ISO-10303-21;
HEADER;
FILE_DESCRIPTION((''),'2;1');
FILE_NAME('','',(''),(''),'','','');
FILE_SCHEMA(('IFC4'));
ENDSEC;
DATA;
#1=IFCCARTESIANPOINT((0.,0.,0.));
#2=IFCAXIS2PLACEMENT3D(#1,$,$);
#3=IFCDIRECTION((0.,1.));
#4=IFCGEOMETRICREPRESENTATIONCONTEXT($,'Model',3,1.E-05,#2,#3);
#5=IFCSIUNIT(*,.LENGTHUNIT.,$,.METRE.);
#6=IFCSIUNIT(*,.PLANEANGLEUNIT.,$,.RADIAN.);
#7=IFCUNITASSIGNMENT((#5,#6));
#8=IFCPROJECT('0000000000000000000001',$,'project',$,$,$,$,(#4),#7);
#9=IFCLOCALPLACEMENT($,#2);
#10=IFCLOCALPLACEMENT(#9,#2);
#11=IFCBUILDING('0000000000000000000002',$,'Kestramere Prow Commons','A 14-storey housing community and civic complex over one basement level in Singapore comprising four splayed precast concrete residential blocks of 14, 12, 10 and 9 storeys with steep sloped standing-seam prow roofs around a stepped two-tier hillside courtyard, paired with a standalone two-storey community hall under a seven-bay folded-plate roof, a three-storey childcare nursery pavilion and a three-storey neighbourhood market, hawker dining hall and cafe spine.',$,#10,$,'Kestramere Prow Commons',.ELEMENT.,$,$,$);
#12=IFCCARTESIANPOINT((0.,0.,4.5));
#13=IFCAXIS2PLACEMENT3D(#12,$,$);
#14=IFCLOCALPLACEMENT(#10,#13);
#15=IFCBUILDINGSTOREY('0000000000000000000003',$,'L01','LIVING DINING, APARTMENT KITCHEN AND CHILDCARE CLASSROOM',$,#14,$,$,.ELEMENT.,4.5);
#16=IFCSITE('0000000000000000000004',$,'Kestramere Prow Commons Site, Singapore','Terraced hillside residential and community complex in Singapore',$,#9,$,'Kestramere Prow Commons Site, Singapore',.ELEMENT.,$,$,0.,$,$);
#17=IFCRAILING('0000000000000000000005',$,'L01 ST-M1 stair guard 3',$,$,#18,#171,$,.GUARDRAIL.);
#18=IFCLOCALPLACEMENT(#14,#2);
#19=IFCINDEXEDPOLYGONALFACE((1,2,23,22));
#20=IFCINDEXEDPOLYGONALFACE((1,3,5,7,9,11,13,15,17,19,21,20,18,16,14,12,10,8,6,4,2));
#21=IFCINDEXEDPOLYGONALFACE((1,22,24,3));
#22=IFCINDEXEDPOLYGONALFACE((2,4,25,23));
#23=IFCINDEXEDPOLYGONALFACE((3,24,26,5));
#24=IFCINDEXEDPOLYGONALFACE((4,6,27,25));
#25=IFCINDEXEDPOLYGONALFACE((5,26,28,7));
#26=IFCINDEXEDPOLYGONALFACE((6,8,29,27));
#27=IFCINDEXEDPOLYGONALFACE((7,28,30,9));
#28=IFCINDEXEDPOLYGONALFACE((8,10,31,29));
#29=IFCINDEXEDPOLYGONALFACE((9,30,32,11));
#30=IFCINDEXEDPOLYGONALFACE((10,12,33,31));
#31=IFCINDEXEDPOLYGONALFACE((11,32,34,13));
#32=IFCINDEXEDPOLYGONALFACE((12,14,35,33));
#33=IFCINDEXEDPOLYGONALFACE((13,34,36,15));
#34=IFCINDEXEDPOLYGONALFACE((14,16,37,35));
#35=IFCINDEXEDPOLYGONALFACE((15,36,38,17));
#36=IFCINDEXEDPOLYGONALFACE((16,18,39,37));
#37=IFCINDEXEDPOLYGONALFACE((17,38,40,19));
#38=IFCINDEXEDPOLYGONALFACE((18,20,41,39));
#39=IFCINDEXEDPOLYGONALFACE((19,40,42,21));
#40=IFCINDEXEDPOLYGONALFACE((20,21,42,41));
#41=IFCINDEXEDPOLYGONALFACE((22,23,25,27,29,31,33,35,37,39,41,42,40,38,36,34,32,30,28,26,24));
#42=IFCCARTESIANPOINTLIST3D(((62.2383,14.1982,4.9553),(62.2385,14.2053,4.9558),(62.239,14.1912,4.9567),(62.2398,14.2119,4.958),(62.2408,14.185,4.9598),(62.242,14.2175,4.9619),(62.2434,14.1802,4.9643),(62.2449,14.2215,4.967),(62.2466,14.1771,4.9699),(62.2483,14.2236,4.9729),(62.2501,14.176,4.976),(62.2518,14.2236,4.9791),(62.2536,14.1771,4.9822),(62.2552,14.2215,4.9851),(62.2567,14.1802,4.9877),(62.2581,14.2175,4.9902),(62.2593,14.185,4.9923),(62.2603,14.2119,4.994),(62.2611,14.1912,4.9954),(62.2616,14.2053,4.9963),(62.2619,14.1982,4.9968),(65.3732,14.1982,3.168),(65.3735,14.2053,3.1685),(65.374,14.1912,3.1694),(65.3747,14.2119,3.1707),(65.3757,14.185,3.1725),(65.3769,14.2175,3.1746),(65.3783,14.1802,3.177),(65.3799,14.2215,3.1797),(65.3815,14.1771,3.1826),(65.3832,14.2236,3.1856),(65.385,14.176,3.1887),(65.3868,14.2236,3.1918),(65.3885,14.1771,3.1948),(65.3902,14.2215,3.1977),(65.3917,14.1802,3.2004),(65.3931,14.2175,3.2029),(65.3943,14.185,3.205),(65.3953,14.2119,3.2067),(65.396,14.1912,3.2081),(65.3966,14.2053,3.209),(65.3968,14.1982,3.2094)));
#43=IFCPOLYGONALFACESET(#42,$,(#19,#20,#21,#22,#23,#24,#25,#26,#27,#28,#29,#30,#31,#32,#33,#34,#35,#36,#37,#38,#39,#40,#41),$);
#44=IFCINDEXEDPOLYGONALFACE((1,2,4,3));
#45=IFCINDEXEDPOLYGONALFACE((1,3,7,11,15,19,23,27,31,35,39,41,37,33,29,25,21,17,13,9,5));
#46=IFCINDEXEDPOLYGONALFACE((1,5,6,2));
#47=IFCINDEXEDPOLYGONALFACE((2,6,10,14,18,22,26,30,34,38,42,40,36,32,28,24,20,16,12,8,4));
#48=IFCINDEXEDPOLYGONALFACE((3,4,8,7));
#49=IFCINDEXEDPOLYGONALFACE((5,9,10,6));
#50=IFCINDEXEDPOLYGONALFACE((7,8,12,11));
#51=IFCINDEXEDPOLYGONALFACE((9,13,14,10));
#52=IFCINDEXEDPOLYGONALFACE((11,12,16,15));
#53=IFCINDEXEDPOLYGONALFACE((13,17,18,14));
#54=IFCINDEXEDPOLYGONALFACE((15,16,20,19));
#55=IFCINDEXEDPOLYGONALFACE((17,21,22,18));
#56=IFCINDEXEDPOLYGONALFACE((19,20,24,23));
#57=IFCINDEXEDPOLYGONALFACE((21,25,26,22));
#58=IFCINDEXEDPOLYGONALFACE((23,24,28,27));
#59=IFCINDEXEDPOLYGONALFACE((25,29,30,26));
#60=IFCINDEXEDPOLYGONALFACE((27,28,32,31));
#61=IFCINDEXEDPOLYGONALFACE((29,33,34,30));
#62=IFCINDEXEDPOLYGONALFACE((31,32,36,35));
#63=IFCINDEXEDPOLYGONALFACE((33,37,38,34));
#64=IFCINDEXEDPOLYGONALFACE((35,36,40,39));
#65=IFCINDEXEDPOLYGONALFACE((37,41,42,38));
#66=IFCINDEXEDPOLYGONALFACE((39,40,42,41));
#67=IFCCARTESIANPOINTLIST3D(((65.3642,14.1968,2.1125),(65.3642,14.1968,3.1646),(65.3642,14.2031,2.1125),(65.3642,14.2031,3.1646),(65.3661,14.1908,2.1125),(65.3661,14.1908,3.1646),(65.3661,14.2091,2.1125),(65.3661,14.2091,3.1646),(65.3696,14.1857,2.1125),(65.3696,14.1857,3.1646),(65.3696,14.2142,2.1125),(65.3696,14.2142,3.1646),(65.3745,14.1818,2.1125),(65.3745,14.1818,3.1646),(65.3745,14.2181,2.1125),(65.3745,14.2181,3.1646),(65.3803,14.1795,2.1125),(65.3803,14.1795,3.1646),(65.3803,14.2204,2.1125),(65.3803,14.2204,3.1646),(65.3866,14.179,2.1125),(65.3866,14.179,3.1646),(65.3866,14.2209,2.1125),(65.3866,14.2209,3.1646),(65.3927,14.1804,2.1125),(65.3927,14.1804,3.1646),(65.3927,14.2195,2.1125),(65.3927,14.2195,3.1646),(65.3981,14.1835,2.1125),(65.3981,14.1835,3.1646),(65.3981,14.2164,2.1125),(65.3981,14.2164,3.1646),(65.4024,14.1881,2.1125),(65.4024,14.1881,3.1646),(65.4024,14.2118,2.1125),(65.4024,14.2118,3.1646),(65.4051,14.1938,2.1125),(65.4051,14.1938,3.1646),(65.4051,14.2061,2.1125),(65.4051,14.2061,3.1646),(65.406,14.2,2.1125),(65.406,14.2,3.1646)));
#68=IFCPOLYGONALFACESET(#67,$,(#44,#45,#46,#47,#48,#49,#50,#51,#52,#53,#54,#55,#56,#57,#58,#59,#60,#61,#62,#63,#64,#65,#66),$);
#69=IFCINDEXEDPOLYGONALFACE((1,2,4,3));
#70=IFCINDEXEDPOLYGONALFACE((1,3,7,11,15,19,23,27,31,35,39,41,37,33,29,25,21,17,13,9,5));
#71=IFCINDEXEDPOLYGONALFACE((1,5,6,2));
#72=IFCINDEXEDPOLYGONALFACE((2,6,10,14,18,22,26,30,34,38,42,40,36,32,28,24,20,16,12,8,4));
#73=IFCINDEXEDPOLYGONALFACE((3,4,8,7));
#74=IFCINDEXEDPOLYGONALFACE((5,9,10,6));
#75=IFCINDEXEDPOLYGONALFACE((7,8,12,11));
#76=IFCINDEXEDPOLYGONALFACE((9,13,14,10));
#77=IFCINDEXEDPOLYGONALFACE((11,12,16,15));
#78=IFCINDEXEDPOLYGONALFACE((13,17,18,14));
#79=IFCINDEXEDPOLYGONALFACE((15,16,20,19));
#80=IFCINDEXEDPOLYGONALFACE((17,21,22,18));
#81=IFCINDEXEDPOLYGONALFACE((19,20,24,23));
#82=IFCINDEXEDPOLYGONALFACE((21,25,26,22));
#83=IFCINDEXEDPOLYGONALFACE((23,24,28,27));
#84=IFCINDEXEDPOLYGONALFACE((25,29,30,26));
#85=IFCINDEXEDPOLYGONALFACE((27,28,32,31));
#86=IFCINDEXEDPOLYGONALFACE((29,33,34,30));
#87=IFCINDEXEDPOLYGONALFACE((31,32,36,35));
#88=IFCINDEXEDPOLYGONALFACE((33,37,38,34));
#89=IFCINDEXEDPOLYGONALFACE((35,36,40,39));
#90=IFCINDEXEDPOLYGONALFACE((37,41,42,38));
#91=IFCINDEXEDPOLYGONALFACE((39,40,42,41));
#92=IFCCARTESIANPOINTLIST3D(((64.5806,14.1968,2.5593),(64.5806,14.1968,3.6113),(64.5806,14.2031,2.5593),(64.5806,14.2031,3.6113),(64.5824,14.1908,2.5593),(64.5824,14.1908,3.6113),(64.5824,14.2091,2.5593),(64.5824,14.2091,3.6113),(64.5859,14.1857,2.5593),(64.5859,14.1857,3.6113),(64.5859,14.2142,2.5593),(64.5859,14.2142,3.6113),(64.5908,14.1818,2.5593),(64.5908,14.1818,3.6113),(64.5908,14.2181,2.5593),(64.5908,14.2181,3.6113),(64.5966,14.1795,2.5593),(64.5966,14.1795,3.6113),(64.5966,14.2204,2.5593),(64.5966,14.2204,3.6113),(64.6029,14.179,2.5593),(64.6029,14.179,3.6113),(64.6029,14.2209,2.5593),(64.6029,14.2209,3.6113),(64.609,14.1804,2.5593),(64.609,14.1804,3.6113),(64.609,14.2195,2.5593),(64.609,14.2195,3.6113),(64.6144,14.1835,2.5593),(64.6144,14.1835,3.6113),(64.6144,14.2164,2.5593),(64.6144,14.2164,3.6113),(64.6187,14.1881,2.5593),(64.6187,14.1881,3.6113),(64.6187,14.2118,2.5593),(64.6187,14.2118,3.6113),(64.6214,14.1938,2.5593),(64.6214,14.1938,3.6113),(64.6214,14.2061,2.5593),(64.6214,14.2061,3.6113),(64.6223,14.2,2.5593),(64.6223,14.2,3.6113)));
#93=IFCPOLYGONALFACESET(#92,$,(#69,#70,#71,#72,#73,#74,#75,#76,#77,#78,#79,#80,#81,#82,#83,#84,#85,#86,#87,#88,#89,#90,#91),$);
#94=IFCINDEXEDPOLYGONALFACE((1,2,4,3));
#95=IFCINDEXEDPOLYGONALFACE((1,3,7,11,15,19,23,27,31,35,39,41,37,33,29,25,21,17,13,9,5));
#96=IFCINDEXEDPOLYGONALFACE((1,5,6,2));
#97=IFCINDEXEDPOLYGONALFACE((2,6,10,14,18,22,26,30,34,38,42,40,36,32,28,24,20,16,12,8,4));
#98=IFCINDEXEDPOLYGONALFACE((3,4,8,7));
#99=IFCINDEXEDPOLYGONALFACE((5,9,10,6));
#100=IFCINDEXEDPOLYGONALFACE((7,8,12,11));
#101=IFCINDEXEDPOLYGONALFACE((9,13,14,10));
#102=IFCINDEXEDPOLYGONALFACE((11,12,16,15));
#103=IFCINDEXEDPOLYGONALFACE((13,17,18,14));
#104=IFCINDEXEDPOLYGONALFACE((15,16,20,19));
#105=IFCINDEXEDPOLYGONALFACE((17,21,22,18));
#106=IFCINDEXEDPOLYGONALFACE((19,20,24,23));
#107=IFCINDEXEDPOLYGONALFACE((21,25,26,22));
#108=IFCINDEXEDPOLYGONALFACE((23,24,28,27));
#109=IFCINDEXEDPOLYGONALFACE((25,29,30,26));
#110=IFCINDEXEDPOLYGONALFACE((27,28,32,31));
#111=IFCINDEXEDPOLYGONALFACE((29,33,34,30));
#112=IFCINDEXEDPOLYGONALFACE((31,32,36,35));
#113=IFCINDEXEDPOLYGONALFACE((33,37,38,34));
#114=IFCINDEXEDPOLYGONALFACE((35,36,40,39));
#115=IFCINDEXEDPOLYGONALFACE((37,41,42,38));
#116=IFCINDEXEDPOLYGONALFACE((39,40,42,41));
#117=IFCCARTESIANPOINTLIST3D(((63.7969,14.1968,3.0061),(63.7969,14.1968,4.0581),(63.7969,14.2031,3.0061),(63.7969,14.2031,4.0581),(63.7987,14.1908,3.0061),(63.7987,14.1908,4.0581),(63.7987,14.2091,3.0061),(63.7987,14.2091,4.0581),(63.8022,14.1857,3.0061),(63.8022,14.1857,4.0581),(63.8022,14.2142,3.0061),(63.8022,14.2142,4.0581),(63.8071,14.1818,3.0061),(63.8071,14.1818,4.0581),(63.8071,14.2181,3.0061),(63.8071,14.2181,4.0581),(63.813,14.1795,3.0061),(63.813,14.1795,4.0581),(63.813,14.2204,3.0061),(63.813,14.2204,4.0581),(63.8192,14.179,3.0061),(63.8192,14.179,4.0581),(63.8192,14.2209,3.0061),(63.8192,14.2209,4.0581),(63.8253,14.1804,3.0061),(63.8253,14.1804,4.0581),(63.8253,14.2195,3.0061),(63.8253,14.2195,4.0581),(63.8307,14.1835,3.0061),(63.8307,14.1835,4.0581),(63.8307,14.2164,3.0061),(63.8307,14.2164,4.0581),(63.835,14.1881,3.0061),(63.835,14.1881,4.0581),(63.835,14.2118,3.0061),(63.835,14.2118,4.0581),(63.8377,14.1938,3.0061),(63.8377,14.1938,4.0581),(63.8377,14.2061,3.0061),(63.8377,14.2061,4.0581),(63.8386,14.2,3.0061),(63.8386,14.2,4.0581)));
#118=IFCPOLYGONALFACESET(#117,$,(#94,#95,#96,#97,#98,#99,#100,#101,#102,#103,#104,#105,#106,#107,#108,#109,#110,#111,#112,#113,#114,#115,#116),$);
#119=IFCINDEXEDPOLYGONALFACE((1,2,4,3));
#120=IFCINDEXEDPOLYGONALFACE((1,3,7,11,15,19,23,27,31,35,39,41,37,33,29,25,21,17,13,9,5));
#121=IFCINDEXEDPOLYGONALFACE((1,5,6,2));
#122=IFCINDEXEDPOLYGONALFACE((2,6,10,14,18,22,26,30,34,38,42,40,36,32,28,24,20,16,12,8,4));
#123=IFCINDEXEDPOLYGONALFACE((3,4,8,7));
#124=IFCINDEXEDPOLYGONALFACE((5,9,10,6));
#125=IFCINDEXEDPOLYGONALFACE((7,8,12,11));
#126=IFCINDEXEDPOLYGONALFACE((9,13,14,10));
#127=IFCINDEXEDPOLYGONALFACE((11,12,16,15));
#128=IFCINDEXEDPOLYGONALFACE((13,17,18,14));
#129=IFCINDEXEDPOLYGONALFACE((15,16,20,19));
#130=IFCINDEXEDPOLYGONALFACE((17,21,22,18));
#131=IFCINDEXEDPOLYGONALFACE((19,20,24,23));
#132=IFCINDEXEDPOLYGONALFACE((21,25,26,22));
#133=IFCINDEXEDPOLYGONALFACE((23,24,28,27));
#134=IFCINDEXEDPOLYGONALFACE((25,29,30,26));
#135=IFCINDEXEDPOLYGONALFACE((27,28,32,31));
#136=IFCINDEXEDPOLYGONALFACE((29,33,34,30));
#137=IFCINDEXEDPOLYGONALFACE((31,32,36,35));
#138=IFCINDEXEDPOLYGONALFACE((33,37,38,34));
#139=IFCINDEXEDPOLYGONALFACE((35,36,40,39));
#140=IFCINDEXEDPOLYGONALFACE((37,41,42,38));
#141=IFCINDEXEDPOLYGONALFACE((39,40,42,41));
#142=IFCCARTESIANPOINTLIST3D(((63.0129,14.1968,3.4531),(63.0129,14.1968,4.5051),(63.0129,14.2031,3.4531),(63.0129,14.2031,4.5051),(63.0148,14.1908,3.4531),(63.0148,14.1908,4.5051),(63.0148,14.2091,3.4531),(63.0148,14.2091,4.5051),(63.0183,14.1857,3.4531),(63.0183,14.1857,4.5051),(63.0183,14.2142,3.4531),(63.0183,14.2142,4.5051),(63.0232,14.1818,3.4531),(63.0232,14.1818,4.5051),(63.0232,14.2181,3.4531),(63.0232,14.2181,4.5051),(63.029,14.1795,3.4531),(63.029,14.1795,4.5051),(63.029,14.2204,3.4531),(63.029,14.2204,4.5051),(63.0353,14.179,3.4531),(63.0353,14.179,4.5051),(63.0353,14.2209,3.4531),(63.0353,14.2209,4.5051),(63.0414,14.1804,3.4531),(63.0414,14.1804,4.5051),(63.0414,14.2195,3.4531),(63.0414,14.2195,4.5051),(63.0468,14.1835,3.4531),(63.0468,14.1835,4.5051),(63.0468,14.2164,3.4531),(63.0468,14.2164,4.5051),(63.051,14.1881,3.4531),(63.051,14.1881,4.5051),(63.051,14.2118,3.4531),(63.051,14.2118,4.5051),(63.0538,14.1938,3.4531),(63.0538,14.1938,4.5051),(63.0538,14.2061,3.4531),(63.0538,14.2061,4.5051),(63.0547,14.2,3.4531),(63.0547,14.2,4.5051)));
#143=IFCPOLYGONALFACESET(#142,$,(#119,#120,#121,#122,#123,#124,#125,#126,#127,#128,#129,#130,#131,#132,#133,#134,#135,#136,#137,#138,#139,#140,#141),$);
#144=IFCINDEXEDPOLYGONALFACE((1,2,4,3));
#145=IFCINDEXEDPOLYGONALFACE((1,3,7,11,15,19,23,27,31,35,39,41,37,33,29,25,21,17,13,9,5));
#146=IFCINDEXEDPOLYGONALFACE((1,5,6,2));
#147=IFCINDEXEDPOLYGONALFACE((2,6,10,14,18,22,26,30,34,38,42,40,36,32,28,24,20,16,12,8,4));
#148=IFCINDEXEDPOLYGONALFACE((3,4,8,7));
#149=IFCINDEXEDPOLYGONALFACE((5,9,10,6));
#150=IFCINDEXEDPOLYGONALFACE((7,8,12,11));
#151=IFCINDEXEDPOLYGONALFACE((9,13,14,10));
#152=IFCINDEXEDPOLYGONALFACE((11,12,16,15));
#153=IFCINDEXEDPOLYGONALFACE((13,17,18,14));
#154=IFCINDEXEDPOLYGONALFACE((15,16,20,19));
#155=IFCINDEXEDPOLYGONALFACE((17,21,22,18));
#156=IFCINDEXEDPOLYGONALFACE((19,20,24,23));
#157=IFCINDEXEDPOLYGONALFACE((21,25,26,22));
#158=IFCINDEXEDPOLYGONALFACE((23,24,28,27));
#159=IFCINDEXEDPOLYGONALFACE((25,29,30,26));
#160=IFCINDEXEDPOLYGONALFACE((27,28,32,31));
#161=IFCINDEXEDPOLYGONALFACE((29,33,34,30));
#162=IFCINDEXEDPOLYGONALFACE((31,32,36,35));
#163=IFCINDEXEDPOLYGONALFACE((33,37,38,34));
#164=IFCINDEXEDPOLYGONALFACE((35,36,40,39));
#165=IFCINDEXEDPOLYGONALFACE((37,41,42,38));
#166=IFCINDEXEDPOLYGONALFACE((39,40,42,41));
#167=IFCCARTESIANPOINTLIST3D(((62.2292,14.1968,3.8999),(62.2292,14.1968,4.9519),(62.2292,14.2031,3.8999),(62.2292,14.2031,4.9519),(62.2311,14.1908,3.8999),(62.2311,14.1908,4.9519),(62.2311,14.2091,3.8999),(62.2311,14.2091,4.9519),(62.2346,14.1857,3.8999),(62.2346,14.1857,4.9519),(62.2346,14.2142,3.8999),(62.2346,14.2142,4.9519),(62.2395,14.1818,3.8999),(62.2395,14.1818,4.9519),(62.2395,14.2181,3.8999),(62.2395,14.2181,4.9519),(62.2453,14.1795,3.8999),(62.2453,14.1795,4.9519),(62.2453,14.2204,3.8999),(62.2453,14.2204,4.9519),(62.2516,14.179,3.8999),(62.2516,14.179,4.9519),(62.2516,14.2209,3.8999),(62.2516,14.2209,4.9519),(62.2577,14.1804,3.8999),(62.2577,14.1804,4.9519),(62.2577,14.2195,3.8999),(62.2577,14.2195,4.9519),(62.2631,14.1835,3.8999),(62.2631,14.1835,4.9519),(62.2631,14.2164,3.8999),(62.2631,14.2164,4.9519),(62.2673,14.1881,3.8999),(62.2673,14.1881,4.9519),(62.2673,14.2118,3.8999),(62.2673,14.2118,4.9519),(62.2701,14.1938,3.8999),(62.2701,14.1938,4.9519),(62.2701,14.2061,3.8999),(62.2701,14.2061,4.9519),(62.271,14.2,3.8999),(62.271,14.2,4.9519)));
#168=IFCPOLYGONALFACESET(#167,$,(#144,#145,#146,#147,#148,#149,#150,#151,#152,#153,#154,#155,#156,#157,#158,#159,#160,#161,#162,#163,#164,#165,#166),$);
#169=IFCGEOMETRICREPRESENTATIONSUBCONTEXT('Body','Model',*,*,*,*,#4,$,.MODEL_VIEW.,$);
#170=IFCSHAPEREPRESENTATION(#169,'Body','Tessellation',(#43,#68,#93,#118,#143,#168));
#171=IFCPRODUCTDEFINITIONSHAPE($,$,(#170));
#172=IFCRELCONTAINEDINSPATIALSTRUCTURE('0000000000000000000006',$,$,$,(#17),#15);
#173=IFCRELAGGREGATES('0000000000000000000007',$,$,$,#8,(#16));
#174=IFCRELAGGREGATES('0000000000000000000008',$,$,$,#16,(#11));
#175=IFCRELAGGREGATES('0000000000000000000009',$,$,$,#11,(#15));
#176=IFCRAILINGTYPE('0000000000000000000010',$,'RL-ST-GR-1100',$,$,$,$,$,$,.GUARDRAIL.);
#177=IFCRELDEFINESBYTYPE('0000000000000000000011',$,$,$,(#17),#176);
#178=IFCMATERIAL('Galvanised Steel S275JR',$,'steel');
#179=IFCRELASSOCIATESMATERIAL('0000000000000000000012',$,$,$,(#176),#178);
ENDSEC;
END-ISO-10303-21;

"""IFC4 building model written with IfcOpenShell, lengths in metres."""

from ifc_helpers import new_model, si_unit, direction, frame, origin, origin_2d, place, context, subcontext, project, spatial, circle, extrude, material, type_object, element, save


model = new_model("IFC4")

# Units and contexts
model_context = context("Model", 3, precision=1e-05, world=origin(), true_north=direction((0.0, 1.0)))
body_context = subcontext(model_context, "Body", "Model", "MODEL_VIEW")
ifc_project = project(units=[si_unit("LENGTHUNIT", "METRE"), si_unit("PLANEANGLEUNIT", "RADIAN")], contexts=[model_context])

# Site, building, storey
site_placement = place(None, origin())
site = spatial("IfcSite", under=ifc_project, at=site_placement, Name="Kestramere Prow Commons Site, Singapore", Description="Terraced hillside residential and community complex in Singapore", LongName="Kestramere Prow Commons Site, Singapore", CompositionType="ELEMENT", RefElevation=0.0)
building_placement = place(site_placement, origin())
building = spatial("IfcBuilding", under=site, at=building_placement, Name="Kestramere Prow Commons", Description="A 14-storey housing community and civic complex over one basement level in Singapore comprising four splayed precast concrete residential blocks of 14, 12, 10 and 9 storeys with steep sloped standing-seam prow roofs around a stepped two-tier hillside courtyard, paired with a standalone two-storey community hall under a seven-bay folded-plate roof, a three-storey childcare nursery pavilion and a three-storey neighbourhood market, hawker dining hall and cafe spine.", LongName="Kestramere Prow Commons", CompositionType="ELEMENT")
storey_placement = place(building_placement, frame((0.0, 0.0, 4.5)))
storey = spatial("IfcBuildingStorey", under=building, at=storey_placement, Name="L01", Description="LIVING DINING, APARTMENT KITCHEN AND CHILDCARE CLASSROOM", CompositionType="ELEMENT", Elevation=4.5)

# Railing
ifc_material_1 = material(Name="Galvanised Steel S275JR", Category="steel")
railing_type_1 = type_object("IfcRailingType", Name="RL-ST-GR-1100", PredefinedType="GUARDRAIL", material=ifc_material_1)
railing_1_placement = place(storey_placement, frame((65.385, 14.2, 2.1125)))
element("IfcRailing", 1, at=railing_1_placement, inside=storey, type_object=railing_type_1, Name="L01 ST-M1 stair guard 3", PredefinedType="GUARDRAIL", context=body_context, shape_type="SweptSolid", body=[
    extrude(circle(Radius=0.0239, at=origin_2d()), frame((0.0, 0.0, 1.0762), z_axis=(-0.86873, 0.0, 0.495286), x_axis=(0.0, -1.0, 0.0)), (0.0, 0.0, 1.0), 3.6086),
    extrude(circle(Radius=0.021, at=origin_2d()), origin(), (0.0, 0.0, 1.0), 1.052),
    extrude(circle(Radius=0.021, at=origin_2d()), frame((-0.7837, 0.0, 0.4468)), (0.0, 0.0, 1.0), 1.052),
    extrude(circle(Radius=0.021, at=origin_2d()), frame((-1.5674, 0.0, 0.8936)), (0.0, 0.0, 1.0), 1.052),
    extrude(circle(Radius=0.021, at=origin_2d()), frame((-2.3513, 0.0, 1.3406)), (0.0, 0.0, 1.0), 1.052),
    extrude(circle(Radius=0.021, at=origin_2d()), frame((-3.135, 0.0, 1.7874)), (0.0, 0.0, 1.0), 1.052),
])

save(model, "model.ifc")
